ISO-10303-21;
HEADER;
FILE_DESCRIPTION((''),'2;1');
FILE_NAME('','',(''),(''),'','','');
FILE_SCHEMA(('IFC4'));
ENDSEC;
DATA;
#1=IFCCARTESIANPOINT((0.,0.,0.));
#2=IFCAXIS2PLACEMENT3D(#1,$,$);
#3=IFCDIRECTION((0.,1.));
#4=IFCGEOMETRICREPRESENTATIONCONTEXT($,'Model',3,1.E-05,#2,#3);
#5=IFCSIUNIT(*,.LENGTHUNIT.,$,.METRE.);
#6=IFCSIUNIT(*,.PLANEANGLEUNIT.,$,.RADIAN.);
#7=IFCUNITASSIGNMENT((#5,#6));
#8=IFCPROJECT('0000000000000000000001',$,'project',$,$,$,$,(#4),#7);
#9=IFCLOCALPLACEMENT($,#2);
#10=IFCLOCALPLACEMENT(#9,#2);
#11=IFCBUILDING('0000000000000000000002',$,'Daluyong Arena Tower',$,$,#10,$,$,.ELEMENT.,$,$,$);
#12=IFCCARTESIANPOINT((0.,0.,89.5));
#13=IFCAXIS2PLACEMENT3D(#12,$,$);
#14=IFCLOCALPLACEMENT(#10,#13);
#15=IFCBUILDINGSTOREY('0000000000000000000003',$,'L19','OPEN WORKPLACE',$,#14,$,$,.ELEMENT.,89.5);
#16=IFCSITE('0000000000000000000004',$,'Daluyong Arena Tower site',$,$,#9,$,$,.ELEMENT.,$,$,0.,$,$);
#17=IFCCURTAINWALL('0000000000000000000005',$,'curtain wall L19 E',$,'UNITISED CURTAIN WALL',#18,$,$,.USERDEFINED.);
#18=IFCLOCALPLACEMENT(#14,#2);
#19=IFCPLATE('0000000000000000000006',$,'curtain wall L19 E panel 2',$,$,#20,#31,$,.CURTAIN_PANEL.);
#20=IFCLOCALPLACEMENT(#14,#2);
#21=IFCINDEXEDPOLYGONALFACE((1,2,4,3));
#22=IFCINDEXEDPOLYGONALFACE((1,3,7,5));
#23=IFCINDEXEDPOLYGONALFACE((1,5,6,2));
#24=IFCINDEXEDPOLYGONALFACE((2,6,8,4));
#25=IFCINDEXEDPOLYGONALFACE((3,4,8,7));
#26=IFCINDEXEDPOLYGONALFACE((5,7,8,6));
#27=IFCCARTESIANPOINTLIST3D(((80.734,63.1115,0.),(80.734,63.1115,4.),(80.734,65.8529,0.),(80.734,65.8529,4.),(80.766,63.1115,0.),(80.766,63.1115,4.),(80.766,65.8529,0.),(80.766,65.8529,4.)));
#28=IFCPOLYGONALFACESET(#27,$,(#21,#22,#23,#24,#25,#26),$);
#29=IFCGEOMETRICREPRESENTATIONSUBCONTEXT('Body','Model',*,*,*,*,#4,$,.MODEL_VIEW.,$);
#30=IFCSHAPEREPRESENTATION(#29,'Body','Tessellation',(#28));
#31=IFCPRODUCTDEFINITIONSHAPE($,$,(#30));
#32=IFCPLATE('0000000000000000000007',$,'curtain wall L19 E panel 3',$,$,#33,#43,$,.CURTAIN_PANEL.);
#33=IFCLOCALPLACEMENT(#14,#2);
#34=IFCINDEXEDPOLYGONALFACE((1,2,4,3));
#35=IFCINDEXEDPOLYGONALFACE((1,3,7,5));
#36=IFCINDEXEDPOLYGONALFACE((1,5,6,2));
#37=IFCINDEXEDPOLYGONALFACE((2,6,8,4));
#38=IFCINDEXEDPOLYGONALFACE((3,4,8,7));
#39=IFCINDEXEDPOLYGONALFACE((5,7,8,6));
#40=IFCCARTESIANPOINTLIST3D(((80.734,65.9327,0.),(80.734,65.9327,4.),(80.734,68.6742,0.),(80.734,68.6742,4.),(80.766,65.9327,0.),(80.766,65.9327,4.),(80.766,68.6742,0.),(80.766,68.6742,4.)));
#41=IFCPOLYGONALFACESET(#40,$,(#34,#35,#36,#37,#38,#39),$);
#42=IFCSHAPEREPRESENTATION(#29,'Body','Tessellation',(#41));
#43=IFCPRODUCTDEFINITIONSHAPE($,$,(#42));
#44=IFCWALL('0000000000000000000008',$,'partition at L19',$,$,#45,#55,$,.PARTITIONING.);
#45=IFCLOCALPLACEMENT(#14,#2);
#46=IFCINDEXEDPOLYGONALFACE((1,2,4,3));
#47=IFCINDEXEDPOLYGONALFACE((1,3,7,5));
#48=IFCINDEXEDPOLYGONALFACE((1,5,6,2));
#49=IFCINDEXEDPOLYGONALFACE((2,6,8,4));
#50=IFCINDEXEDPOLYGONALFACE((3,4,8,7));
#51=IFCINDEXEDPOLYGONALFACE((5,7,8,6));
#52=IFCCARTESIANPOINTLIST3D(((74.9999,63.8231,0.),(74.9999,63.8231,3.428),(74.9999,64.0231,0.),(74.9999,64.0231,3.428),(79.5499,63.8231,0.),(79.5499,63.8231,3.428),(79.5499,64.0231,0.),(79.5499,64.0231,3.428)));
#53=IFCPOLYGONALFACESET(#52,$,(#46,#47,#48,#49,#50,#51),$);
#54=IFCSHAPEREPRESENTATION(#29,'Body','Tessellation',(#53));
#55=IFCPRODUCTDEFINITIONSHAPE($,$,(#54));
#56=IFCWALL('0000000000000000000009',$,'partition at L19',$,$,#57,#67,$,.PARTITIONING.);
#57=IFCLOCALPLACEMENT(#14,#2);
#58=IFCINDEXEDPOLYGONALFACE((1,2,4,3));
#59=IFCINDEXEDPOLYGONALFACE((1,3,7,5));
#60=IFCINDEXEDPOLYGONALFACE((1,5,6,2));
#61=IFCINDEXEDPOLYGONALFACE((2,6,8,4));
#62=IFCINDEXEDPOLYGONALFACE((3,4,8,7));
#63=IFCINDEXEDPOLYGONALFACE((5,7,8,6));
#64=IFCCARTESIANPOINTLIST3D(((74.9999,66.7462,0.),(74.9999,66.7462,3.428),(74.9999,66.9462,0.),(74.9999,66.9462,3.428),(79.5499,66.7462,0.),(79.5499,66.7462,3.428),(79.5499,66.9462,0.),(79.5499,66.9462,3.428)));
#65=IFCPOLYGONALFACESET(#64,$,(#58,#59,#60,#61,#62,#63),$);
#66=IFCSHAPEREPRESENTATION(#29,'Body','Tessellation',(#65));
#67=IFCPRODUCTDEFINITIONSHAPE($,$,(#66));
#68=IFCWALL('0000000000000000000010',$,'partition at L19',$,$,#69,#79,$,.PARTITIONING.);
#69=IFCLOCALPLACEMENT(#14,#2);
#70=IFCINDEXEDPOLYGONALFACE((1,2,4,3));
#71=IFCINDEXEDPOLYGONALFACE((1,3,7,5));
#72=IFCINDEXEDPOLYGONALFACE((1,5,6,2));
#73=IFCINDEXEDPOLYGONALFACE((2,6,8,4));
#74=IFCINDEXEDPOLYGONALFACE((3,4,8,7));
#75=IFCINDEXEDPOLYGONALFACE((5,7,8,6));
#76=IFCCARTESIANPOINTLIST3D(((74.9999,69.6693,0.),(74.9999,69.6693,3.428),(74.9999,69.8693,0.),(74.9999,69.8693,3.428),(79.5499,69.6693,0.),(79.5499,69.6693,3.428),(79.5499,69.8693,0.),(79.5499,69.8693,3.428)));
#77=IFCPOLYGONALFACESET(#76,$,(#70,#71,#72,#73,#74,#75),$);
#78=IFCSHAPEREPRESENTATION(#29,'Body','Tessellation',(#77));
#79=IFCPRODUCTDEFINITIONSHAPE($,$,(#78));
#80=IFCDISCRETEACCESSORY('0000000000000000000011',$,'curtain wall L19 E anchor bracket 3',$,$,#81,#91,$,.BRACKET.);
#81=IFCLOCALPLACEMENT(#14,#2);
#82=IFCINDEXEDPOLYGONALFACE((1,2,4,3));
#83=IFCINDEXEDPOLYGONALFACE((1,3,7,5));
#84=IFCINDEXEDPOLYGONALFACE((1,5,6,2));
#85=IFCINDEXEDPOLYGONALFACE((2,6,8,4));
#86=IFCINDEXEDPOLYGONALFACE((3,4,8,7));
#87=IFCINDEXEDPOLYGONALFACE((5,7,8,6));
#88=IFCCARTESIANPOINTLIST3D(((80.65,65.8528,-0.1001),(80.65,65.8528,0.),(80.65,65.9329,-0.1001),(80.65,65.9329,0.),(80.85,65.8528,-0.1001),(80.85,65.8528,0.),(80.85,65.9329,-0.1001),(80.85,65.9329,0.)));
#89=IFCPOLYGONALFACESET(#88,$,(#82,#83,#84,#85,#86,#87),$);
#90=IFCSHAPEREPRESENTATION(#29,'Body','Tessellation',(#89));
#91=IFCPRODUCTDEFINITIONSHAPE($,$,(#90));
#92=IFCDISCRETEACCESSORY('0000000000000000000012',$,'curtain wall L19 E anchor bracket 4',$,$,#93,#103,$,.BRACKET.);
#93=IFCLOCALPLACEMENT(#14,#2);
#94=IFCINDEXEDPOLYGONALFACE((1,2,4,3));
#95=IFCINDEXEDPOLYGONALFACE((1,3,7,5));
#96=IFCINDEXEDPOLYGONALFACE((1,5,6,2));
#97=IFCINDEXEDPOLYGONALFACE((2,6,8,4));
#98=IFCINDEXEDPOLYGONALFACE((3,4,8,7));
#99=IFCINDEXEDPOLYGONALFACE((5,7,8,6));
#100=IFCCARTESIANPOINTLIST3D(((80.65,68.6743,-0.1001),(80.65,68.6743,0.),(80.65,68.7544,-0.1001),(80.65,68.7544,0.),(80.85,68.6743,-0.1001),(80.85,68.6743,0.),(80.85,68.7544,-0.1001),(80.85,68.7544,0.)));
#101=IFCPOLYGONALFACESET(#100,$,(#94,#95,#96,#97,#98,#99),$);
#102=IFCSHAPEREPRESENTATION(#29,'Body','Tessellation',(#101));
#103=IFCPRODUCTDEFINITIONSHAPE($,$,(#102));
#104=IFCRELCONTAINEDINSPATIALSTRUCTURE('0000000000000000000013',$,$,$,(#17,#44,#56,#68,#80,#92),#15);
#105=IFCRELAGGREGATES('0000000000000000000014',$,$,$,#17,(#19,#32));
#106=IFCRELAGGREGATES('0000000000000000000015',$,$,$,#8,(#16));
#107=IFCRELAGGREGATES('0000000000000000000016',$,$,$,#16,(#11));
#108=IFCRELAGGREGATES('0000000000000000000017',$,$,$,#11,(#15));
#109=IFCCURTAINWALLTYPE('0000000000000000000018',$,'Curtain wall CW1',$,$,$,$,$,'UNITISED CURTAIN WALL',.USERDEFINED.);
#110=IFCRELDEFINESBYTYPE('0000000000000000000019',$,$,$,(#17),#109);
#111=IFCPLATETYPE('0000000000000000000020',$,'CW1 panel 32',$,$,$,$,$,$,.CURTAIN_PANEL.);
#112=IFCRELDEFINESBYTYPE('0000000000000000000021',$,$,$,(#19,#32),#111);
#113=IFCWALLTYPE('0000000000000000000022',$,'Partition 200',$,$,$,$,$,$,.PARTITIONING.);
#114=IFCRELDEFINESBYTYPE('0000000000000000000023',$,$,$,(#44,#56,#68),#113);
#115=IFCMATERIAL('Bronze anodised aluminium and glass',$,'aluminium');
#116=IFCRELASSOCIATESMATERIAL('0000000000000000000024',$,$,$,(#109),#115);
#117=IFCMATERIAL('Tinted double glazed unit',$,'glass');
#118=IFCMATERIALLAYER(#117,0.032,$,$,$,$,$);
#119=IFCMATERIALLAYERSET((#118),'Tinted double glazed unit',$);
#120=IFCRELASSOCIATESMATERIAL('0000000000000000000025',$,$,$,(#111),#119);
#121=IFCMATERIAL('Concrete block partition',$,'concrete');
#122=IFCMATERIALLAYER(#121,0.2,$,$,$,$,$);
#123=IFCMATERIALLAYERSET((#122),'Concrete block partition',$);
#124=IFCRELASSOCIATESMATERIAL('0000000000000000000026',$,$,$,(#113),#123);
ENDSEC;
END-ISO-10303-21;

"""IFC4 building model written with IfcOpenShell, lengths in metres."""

from ifc_helpers import new_model, si_unit, direction, frame, frame_2d, origin, origin_2d, place, context, subcontext, project, spatial, rectangle, extrude, material, layer, layer_set, type_object, element, aggregate, save


model = new_model("IFC4")

# Units and contexts
model_context = context("Model", 3, precision=1e-05, world=origin(), true_north=direction((0.0, 1.0)))
body_context = subcontext(model_context, "Body", "Model", "MODEL_VIEW")
ifc_project = project(units=[si_unit("LENGTHUNIT", "METRE"), si_unit("PLANEANGLEUNIT", "RADIAN")], contexts=[model_context])

# Site, building, storey
site_placement = place(None, origin())
site = spatial("IfcSite", under=ifc_project, at=site_placement, Name="Daluyong Arena Tower site", CompositionType="ELEMENT", RefElevation=0.0)
building_placement = place(site_placement, origin())
building = spatial("IfcBuilding", under=site, at=building_placement, Name="Daluyong Arena Tower", CompositionType="ELEMENT")
storey_placement = place(building_placement, frame((0.0, 0.0, 89.5)))
storey = spatial("IfcBuildingStorey", under=building, at=storey_placement, Name="L19", Description="OPEN WORKPLACE", CompositionType="ELEMENT", Elevation=89.5)

# Curtain wall
ifc_material_1 = material(Name="Bronze anodised aluminium and glass", Category="aluminium")
curtain_wall_type = type_object("IfcCurtainWallType", Name="Curtain wall CW1", ElementType="UNITISED CURTAIN WALL", PredefinedType="USERDEFINED", material=ifc_material_1)
curtain_wall_placement = place(storey_placement, origin())
curtain_wall = element("IfcCurtainWall", 1, at=curtain_wall_placement, inside=storey, type_object=curtain_wall_type, Name="curtain wall L19 E", ObjectType="UNITISED CURTAIN WALL", PredefinedType="USERDEFINED")

# Plates
ifc_material_2 = material(Name="Tinted double glazed unit", Category="glass")
ifc_layer_1 = layer(ifc_material_2, 0.032)
ifc_layer_set_1 = layer_set([ifc_layer_1], Name="Tinted double glazed unit")
plate_type = type_object("IfcPlateType", Name="CW1 panel 32", PredefinedType="CURTAIN_PANEL", material=ifc_layer_set_1)
plate_1_placement = place(storey_placement, frame((80.75, 64.4822, 0.0), z_axis=(0.0, 0.0, 1.0), x_axis=(0.0, 1.0, 0.0)))
plate_1 = element("IfcPlate", 2, at=plate_1_placement, type_object=plate_type, Name="curtain wall L19 E panel 2", PredefinedType="CURTAIN_PANEL", context=body_context, shape_type="SweptSolid", body=[
    extrude(rectangle(XDim=2.7415, YDim=0.032, at=origin_2d()), origin(), (0.0, 0.0, 1.0), 4.0),
])
plate_2_placement = place(storey_placement, frame((80.75, 67.3035, 0.0), z_axis=(0.0, 0.0, 1.0), x_axis=(0.0, 1.0, 0.0)))
plate_2 = element("IfcPlate", 3, at=plate_2_placement, type_object=plate_type, Name="curtain wall L19 E panel 3", PredefinedType="CURTAIN_PANEL", context=body_context, shape_type="SweptSolid", body=[
    extrude(rectangle(XDim=2.7415, YDim=0.032, at=origin_2d()), origin(), (0.0, 0.0, 1.0), 4.0),
])
aggregate(curtain_wall, [plate_1, plate_2])

# Walls
ifc_material_3 = material(Name="Concrete block partition", Category="concrete")
ifc_layer_2 = layer(ifc_material_3, 0.2)
ifc_layer_set_2 = layer_set([ifc_layer_2], Name="Concrete block partition")
wall_type_1 = type_object("IfcWallType", Name="Partition 200", PredefinedType="PARTITIONING", material=ifc_layer_set_2)
for number, where, z_axis, x_axis, name in (
    (4, (75.0, 63.9231, 0.0), (0.0, 0.0, 1.0), (1.0, 0.0, 0.0), "partition at L19"),
    (5, (75.0, 66.8462, 0.0), (0.0, 0.0, 1.0), (1.0, 0.0, 0.0), "partition at L19"),
    (6, (75.0, 69.7693, 0.0), (0.0, 0.0, 1.0), (1.0, 0.0, 0.0), "partition at L19"),
):
    element("IfcWall", number, at=place(storey_placement, frame(where, z_axis=z_axis, x_axis=x_axis)), inside=storey, type_object=wall_type_1, Name=name, PredefinedType="PARTITIONING", context=body_context, shape_type="SweptSolid", body=[
        extrude(rectangle(XDim=4.55, YDim=0.2, at=frame_2d((2.2749, 0.0))), origin(), (0.0, 0.0, 1.0), 3.428),
    ])

# Discrete accessories
for number, where, z_axis, x_axis, name in (
    (7, (80.75, 65.8928, -0.1001), (0.0, 0.0, 1.0), (0.0, 1.0, 0.0), "curtain wall L19 E anchor bracket 3"),
    (8, (80.75, 68.7144, -0.1001), (0.0, 0.0, 1.0), (0.0, 1.0, 0.0), "curtain wall L19 E anchor bracket 4"),
):
    element("IfcDiscreteAccessory", number, at=place(storey_placement, frame(where, z_axis=z_axis, x_axis=x_axis)), inside=storey, Name=name, PredefinedType="BRACKET", context=body_context, shape_type="SweptSolid", body=[
        extrude(rectangle(XDim=0.0801, YDim=0.2, at=origin_2d()), origin(), (0.0, 0.0, 1.0), 0.1001),
    ])

save(model, "model.ifc")
